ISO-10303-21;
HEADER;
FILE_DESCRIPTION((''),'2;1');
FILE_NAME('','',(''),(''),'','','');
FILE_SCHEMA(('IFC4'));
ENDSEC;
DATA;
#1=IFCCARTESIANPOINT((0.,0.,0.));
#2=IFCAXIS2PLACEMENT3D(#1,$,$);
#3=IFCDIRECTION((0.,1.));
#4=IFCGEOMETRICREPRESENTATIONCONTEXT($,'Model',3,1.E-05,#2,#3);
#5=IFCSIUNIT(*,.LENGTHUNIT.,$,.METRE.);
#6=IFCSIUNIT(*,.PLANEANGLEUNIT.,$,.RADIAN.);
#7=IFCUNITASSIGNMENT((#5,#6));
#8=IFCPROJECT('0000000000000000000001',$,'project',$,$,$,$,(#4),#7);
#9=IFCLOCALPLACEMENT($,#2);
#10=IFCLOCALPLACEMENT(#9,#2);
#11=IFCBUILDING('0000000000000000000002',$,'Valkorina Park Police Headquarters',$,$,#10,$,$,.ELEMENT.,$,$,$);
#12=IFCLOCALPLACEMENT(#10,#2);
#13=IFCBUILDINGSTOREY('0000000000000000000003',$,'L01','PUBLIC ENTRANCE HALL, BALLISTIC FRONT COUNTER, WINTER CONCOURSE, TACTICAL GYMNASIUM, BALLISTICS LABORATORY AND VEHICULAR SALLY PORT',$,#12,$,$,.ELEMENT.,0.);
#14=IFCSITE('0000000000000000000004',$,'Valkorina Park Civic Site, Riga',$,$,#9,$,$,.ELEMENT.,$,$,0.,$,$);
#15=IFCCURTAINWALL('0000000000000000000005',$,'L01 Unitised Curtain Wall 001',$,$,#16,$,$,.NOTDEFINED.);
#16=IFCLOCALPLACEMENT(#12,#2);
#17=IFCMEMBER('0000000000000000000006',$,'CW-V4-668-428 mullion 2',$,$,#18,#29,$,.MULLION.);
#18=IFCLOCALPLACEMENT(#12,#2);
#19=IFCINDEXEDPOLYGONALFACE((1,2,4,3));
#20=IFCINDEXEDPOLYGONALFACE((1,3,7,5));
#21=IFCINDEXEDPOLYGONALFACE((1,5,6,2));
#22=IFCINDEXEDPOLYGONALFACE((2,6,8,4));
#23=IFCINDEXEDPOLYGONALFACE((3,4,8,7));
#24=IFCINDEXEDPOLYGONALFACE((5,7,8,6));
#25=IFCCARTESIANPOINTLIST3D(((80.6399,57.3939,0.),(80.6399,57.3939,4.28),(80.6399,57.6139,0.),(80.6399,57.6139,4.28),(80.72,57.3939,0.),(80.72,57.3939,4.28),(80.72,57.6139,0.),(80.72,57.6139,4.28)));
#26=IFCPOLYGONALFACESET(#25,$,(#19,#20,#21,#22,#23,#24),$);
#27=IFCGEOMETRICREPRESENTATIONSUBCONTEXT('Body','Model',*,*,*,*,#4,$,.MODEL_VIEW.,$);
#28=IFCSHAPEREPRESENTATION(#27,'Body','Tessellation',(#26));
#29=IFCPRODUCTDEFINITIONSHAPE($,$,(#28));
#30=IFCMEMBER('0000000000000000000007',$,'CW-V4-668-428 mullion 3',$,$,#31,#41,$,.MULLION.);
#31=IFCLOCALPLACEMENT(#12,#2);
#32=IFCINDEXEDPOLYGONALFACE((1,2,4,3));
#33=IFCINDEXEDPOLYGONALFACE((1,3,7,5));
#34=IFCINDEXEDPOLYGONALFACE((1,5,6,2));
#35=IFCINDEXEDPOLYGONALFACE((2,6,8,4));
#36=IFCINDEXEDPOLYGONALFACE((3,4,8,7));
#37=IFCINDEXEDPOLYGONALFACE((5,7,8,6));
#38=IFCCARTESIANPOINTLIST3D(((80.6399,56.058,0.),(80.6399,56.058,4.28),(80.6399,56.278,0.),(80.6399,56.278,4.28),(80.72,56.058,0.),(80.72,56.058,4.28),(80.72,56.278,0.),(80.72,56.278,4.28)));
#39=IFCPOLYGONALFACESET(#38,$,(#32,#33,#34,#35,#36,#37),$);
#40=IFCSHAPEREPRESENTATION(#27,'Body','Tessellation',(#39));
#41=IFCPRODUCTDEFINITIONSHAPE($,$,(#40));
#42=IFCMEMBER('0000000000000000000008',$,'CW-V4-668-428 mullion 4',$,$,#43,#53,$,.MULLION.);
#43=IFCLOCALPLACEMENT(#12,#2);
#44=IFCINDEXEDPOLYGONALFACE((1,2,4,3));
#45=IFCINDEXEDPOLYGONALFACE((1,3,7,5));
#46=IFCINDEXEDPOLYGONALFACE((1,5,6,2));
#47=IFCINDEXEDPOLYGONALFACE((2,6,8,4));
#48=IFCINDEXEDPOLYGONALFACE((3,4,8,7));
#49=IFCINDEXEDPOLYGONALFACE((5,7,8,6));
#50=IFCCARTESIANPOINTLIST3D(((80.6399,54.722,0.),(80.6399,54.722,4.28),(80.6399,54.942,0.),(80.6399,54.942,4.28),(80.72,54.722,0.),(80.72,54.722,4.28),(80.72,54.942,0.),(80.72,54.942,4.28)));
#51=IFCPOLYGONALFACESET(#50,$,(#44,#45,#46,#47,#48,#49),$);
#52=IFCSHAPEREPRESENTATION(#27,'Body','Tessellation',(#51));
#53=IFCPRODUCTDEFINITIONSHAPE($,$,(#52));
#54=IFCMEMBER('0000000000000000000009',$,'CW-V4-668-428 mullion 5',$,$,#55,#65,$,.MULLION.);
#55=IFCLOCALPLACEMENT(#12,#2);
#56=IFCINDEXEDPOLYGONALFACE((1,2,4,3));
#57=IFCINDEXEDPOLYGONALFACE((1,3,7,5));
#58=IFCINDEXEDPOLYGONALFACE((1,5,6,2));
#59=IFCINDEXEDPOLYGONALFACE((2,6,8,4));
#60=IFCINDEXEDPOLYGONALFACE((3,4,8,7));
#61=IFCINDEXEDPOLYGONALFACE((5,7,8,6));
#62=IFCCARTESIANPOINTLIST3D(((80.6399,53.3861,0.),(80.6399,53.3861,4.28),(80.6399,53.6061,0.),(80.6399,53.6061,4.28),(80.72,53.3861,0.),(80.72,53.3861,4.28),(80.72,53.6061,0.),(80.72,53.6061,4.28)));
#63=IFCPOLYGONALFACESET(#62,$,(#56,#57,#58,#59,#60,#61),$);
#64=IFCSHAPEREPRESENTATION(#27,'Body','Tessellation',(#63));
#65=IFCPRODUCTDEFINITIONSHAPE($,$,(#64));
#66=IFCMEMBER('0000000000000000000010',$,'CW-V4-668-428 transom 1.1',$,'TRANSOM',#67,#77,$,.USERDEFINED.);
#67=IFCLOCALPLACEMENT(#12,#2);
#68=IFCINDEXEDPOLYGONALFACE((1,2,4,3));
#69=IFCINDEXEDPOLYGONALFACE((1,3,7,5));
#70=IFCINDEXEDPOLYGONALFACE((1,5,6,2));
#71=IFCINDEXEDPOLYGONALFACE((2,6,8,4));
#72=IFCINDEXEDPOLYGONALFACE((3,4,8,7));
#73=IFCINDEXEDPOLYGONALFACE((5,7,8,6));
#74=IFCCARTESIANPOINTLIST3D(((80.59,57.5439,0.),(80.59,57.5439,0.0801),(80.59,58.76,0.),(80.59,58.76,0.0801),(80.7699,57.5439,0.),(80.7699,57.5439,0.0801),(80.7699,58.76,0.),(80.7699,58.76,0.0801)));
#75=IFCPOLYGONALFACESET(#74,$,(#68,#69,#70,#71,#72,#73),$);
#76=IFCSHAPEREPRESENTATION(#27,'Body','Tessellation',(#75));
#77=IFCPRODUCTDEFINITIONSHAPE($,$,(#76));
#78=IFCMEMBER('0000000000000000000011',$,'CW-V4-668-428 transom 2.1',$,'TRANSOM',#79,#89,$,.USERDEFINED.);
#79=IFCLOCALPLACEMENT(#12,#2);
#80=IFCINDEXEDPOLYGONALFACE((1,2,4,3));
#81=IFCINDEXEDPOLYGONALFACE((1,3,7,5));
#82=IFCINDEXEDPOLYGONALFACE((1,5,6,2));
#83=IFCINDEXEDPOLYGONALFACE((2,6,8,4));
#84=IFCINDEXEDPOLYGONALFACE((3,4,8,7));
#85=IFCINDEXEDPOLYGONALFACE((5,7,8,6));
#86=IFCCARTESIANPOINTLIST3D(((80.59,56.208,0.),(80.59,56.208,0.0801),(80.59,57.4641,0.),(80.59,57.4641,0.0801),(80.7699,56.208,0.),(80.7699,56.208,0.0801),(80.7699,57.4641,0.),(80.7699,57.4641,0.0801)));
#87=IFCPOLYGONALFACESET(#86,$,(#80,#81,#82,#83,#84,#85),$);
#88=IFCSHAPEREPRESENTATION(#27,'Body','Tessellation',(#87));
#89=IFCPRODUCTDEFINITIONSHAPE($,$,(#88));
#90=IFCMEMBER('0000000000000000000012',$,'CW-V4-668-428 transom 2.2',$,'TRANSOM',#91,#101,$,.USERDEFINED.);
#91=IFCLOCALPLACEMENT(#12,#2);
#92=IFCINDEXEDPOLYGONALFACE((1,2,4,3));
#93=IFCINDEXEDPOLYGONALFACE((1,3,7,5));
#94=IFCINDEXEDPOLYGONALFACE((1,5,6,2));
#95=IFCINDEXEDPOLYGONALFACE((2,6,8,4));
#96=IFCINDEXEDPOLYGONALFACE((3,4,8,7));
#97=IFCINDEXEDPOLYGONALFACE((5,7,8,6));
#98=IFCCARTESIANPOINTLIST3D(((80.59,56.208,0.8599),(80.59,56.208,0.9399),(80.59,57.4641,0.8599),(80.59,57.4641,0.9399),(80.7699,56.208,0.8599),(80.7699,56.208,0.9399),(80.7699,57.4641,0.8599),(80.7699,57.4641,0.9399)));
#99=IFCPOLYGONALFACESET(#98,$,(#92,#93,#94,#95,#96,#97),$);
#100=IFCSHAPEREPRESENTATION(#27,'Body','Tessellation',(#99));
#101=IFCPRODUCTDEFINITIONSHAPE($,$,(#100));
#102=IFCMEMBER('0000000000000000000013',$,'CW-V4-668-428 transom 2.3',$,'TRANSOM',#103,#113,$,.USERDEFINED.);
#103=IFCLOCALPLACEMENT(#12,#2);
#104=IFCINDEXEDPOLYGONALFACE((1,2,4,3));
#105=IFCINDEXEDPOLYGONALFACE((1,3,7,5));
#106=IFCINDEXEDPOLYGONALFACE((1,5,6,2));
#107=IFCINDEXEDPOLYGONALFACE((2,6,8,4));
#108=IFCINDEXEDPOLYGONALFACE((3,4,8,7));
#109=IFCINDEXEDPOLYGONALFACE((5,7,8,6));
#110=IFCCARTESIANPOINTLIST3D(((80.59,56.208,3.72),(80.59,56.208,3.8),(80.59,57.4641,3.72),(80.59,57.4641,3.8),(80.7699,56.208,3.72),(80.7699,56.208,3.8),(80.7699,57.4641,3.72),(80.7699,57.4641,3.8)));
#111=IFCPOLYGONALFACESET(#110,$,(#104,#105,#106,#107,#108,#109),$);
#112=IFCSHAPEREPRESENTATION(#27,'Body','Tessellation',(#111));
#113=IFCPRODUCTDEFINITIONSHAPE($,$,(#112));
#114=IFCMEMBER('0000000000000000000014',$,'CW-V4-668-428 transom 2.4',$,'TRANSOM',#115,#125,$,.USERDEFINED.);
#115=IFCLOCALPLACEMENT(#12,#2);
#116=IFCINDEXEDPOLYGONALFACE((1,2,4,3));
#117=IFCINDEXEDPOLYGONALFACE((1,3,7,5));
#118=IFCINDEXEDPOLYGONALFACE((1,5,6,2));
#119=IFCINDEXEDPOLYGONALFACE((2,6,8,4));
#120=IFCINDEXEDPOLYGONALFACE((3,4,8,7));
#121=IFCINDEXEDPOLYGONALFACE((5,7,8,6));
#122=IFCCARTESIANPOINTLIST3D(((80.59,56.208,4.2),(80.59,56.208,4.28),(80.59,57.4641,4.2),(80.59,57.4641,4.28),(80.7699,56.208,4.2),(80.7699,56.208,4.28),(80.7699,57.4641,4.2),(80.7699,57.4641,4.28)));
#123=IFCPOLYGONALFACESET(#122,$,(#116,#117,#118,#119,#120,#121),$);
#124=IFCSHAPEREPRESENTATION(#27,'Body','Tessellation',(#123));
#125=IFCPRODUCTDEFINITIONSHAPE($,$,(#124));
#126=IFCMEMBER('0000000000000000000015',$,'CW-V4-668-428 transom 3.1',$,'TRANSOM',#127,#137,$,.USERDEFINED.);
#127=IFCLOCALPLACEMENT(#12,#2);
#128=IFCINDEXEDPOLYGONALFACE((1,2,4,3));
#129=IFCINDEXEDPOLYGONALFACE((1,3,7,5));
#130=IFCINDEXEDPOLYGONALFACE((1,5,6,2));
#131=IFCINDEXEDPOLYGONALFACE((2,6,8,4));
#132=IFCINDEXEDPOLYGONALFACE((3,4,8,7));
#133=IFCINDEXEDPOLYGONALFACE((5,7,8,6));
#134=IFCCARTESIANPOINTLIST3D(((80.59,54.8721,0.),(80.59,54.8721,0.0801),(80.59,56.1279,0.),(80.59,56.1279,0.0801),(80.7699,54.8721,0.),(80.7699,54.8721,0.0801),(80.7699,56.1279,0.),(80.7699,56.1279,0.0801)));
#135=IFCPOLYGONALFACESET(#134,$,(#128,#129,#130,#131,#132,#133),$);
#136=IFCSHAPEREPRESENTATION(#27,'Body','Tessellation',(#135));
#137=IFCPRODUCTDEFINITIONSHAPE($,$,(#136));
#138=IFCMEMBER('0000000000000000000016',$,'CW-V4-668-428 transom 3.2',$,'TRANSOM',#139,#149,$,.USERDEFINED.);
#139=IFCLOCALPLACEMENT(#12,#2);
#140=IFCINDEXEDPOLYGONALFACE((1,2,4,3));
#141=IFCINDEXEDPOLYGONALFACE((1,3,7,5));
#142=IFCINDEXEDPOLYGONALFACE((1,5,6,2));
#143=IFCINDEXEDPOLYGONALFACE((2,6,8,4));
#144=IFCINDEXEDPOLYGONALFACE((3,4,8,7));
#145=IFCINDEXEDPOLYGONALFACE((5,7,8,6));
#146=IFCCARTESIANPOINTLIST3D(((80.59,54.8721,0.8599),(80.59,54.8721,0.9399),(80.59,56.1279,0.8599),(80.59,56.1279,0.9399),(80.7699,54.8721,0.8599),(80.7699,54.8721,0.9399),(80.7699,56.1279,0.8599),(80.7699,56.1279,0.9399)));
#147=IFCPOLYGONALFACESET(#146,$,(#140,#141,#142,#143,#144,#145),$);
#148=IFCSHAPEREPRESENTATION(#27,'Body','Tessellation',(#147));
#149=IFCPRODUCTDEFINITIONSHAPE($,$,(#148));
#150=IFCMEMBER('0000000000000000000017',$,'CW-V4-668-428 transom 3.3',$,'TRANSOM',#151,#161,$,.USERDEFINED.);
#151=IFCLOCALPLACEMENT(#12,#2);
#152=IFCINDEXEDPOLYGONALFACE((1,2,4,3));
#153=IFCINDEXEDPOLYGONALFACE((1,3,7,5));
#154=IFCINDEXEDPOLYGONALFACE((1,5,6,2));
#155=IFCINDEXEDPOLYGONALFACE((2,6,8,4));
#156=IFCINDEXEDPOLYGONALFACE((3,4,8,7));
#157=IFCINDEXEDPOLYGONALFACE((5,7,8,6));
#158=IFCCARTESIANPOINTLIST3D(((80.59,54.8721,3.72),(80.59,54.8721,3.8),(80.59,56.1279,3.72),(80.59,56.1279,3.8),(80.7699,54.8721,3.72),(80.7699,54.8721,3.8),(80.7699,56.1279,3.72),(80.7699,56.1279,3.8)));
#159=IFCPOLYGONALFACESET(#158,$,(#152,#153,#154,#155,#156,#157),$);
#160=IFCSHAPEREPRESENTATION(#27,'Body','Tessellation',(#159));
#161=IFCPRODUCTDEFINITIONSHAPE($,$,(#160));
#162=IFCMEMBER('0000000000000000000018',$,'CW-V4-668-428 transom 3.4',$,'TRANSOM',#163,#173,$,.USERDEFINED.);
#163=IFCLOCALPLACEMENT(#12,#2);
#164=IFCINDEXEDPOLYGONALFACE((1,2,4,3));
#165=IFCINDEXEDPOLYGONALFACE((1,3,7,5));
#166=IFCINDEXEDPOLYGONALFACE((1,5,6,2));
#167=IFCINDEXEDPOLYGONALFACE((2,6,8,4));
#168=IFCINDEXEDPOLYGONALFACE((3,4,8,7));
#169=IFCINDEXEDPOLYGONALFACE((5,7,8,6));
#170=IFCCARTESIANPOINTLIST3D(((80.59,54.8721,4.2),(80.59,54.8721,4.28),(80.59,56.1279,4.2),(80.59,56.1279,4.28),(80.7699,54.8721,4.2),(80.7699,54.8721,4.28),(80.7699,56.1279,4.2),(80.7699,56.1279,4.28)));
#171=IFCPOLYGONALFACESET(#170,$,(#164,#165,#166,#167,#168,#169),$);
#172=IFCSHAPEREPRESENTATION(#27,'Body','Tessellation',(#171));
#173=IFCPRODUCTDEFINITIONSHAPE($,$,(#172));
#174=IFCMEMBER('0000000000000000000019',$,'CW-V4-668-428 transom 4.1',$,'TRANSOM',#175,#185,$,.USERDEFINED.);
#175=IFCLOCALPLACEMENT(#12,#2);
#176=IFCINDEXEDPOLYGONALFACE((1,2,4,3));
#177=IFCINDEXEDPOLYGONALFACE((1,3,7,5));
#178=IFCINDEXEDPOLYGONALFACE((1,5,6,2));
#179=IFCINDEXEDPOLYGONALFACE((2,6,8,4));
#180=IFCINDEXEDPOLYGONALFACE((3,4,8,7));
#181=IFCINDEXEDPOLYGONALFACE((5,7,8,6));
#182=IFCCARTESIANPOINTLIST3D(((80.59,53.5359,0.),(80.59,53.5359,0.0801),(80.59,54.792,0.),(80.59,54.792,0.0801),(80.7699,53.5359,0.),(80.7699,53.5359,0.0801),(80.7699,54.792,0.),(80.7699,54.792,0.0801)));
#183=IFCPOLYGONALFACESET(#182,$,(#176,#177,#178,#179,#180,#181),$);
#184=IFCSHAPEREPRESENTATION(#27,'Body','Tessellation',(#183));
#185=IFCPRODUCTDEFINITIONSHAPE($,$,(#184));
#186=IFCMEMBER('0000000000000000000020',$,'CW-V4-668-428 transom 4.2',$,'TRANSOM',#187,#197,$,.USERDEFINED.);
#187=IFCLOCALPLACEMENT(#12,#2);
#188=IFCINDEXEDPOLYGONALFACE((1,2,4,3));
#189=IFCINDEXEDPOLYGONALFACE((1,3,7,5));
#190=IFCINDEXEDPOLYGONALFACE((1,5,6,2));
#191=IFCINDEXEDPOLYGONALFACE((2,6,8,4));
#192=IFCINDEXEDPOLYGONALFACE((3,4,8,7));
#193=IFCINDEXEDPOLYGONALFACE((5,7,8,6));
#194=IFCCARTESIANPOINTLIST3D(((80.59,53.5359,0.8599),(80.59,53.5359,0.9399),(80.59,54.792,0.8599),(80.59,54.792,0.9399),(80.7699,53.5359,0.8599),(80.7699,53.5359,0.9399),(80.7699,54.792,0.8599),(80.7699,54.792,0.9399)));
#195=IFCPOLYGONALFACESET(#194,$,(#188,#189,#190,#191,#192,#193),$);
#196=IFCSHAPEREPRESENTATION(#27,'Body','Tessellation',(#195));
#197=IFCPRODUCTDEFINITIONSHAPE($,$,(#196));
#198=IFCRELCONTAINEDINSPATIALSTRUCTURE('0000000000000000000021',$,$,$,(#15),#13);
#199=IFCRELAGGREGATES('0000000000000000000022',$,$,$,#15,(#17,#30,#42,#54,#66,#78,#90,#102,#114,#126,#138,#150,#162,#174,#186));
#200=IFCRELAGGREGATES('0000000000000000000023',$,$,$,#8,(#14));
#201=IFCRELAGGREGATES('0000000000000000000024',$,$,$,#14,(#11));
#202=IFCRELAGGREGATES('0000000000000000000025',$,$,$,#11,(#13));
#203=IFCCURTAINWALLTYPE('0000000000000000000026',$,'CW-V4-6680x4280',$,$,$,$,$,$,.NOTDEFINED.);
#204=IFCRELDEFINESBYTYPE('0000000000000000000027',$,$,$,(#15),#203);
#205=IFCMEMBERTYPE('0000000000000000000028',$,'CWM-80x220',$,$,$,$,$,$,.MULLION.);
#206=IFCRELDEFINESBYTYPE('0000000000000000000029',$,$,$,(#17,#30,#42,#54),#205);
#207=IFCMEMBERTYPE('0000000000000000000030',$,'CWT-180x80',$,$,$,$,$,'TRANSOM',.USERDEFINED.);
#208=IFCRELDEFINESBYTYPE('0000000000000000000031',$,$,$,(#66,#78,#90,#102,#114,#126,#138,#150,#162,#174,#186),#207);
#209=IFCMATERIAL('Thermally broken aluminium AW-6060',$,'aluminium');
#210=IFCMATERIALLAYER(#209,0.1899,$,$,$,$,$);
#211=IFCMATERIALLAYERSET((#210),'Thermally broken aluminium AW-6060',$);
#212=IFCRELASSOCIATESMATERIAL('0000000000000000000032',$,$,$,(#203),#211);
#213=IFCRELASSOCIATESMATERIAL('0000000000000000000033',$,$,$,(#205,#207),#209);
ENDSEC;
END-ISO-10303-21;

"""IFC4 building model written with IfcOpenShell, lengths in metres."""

from ifc_helpers import new_model, si_unit, direction, frame, origin, origin_2d, place, context, subcontext, project, spatial, rectangle, extrude, material, layer, layer_set, material_profile, profile_set, type_object, element, aggregate, save


model = new_model("IFC4")

# Units and contexts
model_context = context("Model", 3, precision=1e-05, world=origin(), true_north=direction((0.0, 1.0)))
body_context = subcontext(model_context, "Body", "Model", "MODEL_VIEW")
ifc_project = project(units=[si_unit("LENGTHUNIT", "METRE"), si_unit("PLANEANGLEUNIT", "RADIAN")], contexts=[model_context])

# Site, building, storey
site_placement = place(None, origin())
site = spatial("IfcSite", under=ifc_project, at=site_placement, Name="Valkorina Park Civic Site, Riga", CompositionType="ELEMENT", RefElevation=0.0)
building_placement = place(site_placement, origin())
building = spatial("IfcBuilding", under=site, at=building_placement, Name="Valkorina Park Police Headquarters", CompositionType="ELEMENT")
storey_placement = place(building_placement, origin())
storey = spatial("IfcBuildingStorey", under=building, at=storey_placement, Name="L01", Description="PUBLIC ENTRANCE HALL, BALLISTIC FRONT COUNTER, WINTER CONCOURSE, TACTICAL GYMNASIUM, BALLISTICS LABORATORY AND VEHICULAR SALLY PORT", CompositionType="ELEMENT", Elevation=0.0)

# Curtain wall, members
ifc_material_1 = material(Name="Thermally broken aluminium AW-6060", Category="aluminium")
ifc_layer_1 = layer(ifc_material_1, 0.1899)
ifc_layer_set_1 = layer_set([ifc_layer_1], Name="Thermally broken aluminium AW-6060")
curtain_wall_type = type_object("IfcCurtainWallType", Name="CW-V4-6680x4280", PredefinedType="NOTDEFINED", material=ifc_layer_set_1)
curtain_wall_placement = place(storey_placement, origin())
curtain_wall = element("IfcCurtainWall", 1, at=curtain_wall_placement, inside=storey, type_object=curtain_wall_type, Name="L01 Unitised Curtain Wall 001", PredefinedType="NOTDEFINED")
ifc_material_profile_1 = material_profile(ifc_material_1, rectangle(XDim=0.0801, YDim=0.22, at=origin_2d()), Name="CWM-03 80x220")
ifc_profile_set_1 = profile_set([ifc_material_profile_1], Name="Thermally broken aluminium AW-6060")
member_type_1 = type_object("IfcMemberType", Name="CWM-80x220", PredefinedType="MULLION", material=ifc_profile_set_1)
member_1_placement = place(storey_placement, frame((80.6799, 57.5039, 0.0), z_axis=(0.0, 0.0, 1.0), x_axis=(1.0, 0.0, 0.0)))
member_1 = element("IfcMember", 2, at=member_1_placement, type_object=member_type_1, Name="CW-V4-668-428 mullion 2", PredefinedType="MULLION", context=body_context, shape_type="SweptSolid", body=[
    extrude(rectangle(XDim=0.0801, YDim=0.22, at=origin_2d()), origin(), (0.0, 0.0, 1.0), 4.28),
])
member_2_placement = place(storey_placement, frame((80.6799, 56.168, 0.0), z_axis=(0.0, 0.0, 1.0), x_axis=(1.0, 0.0, 0.0)))
member_2 = element("IfcMember", 3, at=member_2_placement, type_object=member_type_1, Name="CW-V4-668-428 mullion 3", PredefinedType="MULLION", context=body_context, shape_type="SweptSolid", body=[
    extrude(rectangle(XDim=0.0801, YDim=0.22, at=origin_2d()), origin(), (0.0, 0.0, 1.0), 4.28),
])
member_3_placement = place(storey_placement, frame((80.6799, 54.832, 0.0), z_axis=(0.0, 0.0, 1.0), x_axis=(1.0, 0.0, 0.0)))
member_3 = element("IfcMember", 4, at=member_3_placement, type_object=member_type_1, Name="CW-V4-668-428 mullion 4", PredefinedType="MULLION", context=body_context, shape_type="SweptSolid", body=[
    extrude(rectangle(XDim=0.0801, YDim=0.22, at=origin_2d()), origin(), (0.0, 0.0, 1.0), 4.28),
])
member_4_placement = place(storey_placement, frame((80.6799, 53.4961, 0.0), z_axis=(0.0, 0.0, 1.0), x_axis=(1.0, 0.0, 0.0)))
member_4 = element("IfcMember", 5, at=member_4_placement, type_object=member_type_1, Name="CW-V4-668-428 mullion 5", PredefinedType="MULLION", context=body_context, shape_type="SweptSolid", body=[
    extrude(rectangle(XDim=0.0801, YDim=0.22, at=origin_2d()), origin(), (0.0, 0.0, 1.0), 4.28),
])
ifc_material_profile_2 = material_profile(ifc_material_1, rectangle(XDim=0.1799, YDim=0.0801, at=origin_2d()), Name="CWT-03 180x80")
ifc_profile_set_2 = profile_set([ifc_material_profile_2], Name="Thermally broken aluminium AW-6060")
member_type_2 = type_object("IfcMemberType", Name="CWT-180x80", ElementType="TRANSOM", PredefinedType="USERDEFINED", material=ifc_profile_set_2)
member_5_placement = place(storey_placement, frame((80.6799, 58.76, 0.04), z_axis=(0.0, -1.0, 0.0), x_axis=(1.0, 0.0, 0.0)))
member_5 = element("IfcMember", 6, at=member_5_placement, type_object=member_type_2, Name="CW-V4-668-428 transom 1.1", ObjectType="TRANSOM", PredefinedType="USERDEFINED", context=body_context, shape_type="SweptSolid", body=[
    extrude(rectangle(XDim=0.1799, YDim=0.0801, at=origin_2d()), origin(), (0.0, 0.0, 1.0), 1.2161),
])
member_6_placement = place(storey_placement, frame((80.6799, 57.4641, 0.04), z_axis=(0.0, -1.0, 0.0), x_axis=(1.0, 0.0, 0.0)))
member_6 = element("IfcMember", 7, at=member_6_placement, type_object=member_type_2, Name="CW-V4-668-428 transom 2.1", ObjectType="TRANSOM", PredefinedType="USERDEFINED", context=body_context, shape_type="SweptSolid", body=[
    extrude(rectangle(XDim=0.1799, YDim=0.0801, at=origin_2d()), origin(), (0.0, 0.0, 1.0), 1.2561),
])
member_7_placement = place(storey_placement, frame((80.6799, 57.4641, 0.8999), z_axis=(0.0, -1.0, 0.0), x_axis=(1.0, 0.0, 0.0)))
member_7 = element("IfcMember", 8, at=member_7_placement, type_object=member_type_2, Name="CW-V4-668-428 transom 2.2", ObjectType="TRANSOM", PredefinedType="USERDEFINED", context=body_context, shape_type="SweptSolid", body=[
    extrude(rectangle(XDim=0.1799, YDim=0.0801, at=origin_2d()), origin(), (0.0, 0.0, 1.0), 1.2561),
])
member_8_placement = place(storey_placement, frame((80.6799, 57.4641, 3.76), z_axis=(0.0, -1.0, 0.0), x_axis=(1.0, 0.0, 0.0)))
member_8 = element("IfcMember", 9, at=member_8_placement, type_object=member_type_2, Name="CW-V4-668-428 transom 2.3", ObjectType="TRANSOM", PredefinedType="USERDEFINED", context=body_context, shape_type="SweptSolid", body=[
    extrude(rectangle(XDim=0.1799, YDim=0.0801, at=origin_2d()), origin(), (0.0, 0.0, 1.0), 1.2561),
])
member_9_placement = place(storey_placement, frame((80.6799, 57.4641, 4.24), z_axis=(0.0, -1.0, 0.0), x_axis=(1.0, 0.0, 0.0)))
member_9 = element("IfcMember", 10, at=member_9_placement, type_object=member_type_2, Name="CW-V4-668-428 transom 2.4", ObjectType="TRANSOM", PredefinedType="USERDEFINED", context=body_context, shape_type="SweptSolid", body=[
    extrude(rectangle(XDim=0.1799, YDim=0.0801, at=origin_2d()), origin(), (0.0, 0.0, 1.0), 1.2561),
])
member_10_placement = place(storey_placement, frame((80.6799, 56.1279, 0.04), z_axis=(0.0, -1.0, 0.0), x_axis=(1.0, 0.0, 0.0)))
member_10 = element("IfcMember", 11, at=member_10_placement, type_object=member_type_2, Name="CW-V4-668-428 transom 3.1", ObjectType="TRANSOM", PredefinedType="USERDEFINED", context=body_context, shape_type="SweptSolid", body=[
    extrude(rectangle(XDim=0.1799, YDim=0.0801, at=origin_2d()), origin(), (0.0, 0.0, 1.0), 1.2559),
])
member_11_placement = place(storey_placement, frame((80.6799, 56.1279, 0.8999), z_axis=(0.0, -1.0, 0.0), x_axis=(1.0, 0.0, 0.0)))
member_11 = element("IfcMember", 12, at=member_11_placement, type_object=member_type_2, Name="CW-V4-668-428 transom 3.2", ObjectType="TRANSOM", PredefinedType="USERDEFINED", context=body_context, shape_type="SweptSolid", body=[
    extrude(rectangle(XDim=0.1799, YDim=0.0801, at=origin_2d()), origin(), (0.0, 0.0, 1.0), 1.2559),
])
member_12_placement = place(storey_placement, frame((80.6799, 56.1279, 3.76), z_axis=(0.0, -1.0, 0.0), x_axis=(1.0, 0.0, 0.0)))
member_12 = element("IfcMember", 13, at=member_12_placement, type_object=member_type_2, Name="CW-V4-668-428 transom 3.3", ObjectType="TRANSOM", PredefinedType="USERDEFINED", context=body_context, shape_type="SweptSolid", body=[
    extrude(rectangle(XDim=0.1799, YDim=0.0801, at=origin_2d()), origin(), (0.0, 0.0, 1.0), 1.2559),
])
member_13_placement = place(storey_placement, frame((80.6799, 56.1279, 4.24), z_axis=(0.0, -1.0, 0.0), x_axis=(1.0, 0.0, 0.0)))
member_13 = element("IfcMember", 14, at=member_13_placement, type_object=member_type_2, Name="CW-V4-668-428 transom 3.4", ObjectType="TRANSOM", PredefinedType="USERDEFINED", context=body_context, shape_type="SweptSolid", body=[
    extrude(rectangle(XDim=0.1799, YDim=0.0801, at=origin_2d()), origin(), (0.0, 0.0, 1.0), 1.2559),
])
member_14_placement = place(storey_placement, frame((80.6799, 54.792, 0.04), z_axis=(0.0, -1.0, 0.0), x_axis=(1.0, 0.0, 0.0)))
member_14 = element("IfcMember", 15, at=member_14_placement, type_object=member_type_2, Name="CW-V4-668-428 transom 4.1", ObjectType="TRANSOM", PredefinedType="USERDEFINED", context=body_context, shape_type="SweptSolid", body=[
    extrude(rectangle(XDim=0.1799, YDim=0.0801, at=origin_2d()), origin(), (0.0, 0.0, 1.0), 1.2561),
])
member_15_placement = place(storey_placement, frame((80.6799, 54.792, 0.8999), z_axis=(0.0, -1.0, 0.0), x_axis=(1.0, 0.0, 0.0)))
member_15 = element("IfcMember", 16, at=member_15_placement, type_object=member_type_2, Name="CW-V4-668-428 transom 4.2", ObjectType="TRANSOM", PredefinedType="USERDEFINED", context=body_context, shape_type="SweptSolid", body=[
    extrude(rectangle(XDim=0.1799, YDim=0.0801, at=origin_2d()), origin(), (0.0, 0.0, 1.0), 1.2561),
])
aggregate(curtain_wall, [member_1, member_2, member_3, member_4, member_5, member_6, member_7, member_8, member_9, member_10, member_11, member_12, member_13, member_14, member_15])

save(model, "model.ifc")
